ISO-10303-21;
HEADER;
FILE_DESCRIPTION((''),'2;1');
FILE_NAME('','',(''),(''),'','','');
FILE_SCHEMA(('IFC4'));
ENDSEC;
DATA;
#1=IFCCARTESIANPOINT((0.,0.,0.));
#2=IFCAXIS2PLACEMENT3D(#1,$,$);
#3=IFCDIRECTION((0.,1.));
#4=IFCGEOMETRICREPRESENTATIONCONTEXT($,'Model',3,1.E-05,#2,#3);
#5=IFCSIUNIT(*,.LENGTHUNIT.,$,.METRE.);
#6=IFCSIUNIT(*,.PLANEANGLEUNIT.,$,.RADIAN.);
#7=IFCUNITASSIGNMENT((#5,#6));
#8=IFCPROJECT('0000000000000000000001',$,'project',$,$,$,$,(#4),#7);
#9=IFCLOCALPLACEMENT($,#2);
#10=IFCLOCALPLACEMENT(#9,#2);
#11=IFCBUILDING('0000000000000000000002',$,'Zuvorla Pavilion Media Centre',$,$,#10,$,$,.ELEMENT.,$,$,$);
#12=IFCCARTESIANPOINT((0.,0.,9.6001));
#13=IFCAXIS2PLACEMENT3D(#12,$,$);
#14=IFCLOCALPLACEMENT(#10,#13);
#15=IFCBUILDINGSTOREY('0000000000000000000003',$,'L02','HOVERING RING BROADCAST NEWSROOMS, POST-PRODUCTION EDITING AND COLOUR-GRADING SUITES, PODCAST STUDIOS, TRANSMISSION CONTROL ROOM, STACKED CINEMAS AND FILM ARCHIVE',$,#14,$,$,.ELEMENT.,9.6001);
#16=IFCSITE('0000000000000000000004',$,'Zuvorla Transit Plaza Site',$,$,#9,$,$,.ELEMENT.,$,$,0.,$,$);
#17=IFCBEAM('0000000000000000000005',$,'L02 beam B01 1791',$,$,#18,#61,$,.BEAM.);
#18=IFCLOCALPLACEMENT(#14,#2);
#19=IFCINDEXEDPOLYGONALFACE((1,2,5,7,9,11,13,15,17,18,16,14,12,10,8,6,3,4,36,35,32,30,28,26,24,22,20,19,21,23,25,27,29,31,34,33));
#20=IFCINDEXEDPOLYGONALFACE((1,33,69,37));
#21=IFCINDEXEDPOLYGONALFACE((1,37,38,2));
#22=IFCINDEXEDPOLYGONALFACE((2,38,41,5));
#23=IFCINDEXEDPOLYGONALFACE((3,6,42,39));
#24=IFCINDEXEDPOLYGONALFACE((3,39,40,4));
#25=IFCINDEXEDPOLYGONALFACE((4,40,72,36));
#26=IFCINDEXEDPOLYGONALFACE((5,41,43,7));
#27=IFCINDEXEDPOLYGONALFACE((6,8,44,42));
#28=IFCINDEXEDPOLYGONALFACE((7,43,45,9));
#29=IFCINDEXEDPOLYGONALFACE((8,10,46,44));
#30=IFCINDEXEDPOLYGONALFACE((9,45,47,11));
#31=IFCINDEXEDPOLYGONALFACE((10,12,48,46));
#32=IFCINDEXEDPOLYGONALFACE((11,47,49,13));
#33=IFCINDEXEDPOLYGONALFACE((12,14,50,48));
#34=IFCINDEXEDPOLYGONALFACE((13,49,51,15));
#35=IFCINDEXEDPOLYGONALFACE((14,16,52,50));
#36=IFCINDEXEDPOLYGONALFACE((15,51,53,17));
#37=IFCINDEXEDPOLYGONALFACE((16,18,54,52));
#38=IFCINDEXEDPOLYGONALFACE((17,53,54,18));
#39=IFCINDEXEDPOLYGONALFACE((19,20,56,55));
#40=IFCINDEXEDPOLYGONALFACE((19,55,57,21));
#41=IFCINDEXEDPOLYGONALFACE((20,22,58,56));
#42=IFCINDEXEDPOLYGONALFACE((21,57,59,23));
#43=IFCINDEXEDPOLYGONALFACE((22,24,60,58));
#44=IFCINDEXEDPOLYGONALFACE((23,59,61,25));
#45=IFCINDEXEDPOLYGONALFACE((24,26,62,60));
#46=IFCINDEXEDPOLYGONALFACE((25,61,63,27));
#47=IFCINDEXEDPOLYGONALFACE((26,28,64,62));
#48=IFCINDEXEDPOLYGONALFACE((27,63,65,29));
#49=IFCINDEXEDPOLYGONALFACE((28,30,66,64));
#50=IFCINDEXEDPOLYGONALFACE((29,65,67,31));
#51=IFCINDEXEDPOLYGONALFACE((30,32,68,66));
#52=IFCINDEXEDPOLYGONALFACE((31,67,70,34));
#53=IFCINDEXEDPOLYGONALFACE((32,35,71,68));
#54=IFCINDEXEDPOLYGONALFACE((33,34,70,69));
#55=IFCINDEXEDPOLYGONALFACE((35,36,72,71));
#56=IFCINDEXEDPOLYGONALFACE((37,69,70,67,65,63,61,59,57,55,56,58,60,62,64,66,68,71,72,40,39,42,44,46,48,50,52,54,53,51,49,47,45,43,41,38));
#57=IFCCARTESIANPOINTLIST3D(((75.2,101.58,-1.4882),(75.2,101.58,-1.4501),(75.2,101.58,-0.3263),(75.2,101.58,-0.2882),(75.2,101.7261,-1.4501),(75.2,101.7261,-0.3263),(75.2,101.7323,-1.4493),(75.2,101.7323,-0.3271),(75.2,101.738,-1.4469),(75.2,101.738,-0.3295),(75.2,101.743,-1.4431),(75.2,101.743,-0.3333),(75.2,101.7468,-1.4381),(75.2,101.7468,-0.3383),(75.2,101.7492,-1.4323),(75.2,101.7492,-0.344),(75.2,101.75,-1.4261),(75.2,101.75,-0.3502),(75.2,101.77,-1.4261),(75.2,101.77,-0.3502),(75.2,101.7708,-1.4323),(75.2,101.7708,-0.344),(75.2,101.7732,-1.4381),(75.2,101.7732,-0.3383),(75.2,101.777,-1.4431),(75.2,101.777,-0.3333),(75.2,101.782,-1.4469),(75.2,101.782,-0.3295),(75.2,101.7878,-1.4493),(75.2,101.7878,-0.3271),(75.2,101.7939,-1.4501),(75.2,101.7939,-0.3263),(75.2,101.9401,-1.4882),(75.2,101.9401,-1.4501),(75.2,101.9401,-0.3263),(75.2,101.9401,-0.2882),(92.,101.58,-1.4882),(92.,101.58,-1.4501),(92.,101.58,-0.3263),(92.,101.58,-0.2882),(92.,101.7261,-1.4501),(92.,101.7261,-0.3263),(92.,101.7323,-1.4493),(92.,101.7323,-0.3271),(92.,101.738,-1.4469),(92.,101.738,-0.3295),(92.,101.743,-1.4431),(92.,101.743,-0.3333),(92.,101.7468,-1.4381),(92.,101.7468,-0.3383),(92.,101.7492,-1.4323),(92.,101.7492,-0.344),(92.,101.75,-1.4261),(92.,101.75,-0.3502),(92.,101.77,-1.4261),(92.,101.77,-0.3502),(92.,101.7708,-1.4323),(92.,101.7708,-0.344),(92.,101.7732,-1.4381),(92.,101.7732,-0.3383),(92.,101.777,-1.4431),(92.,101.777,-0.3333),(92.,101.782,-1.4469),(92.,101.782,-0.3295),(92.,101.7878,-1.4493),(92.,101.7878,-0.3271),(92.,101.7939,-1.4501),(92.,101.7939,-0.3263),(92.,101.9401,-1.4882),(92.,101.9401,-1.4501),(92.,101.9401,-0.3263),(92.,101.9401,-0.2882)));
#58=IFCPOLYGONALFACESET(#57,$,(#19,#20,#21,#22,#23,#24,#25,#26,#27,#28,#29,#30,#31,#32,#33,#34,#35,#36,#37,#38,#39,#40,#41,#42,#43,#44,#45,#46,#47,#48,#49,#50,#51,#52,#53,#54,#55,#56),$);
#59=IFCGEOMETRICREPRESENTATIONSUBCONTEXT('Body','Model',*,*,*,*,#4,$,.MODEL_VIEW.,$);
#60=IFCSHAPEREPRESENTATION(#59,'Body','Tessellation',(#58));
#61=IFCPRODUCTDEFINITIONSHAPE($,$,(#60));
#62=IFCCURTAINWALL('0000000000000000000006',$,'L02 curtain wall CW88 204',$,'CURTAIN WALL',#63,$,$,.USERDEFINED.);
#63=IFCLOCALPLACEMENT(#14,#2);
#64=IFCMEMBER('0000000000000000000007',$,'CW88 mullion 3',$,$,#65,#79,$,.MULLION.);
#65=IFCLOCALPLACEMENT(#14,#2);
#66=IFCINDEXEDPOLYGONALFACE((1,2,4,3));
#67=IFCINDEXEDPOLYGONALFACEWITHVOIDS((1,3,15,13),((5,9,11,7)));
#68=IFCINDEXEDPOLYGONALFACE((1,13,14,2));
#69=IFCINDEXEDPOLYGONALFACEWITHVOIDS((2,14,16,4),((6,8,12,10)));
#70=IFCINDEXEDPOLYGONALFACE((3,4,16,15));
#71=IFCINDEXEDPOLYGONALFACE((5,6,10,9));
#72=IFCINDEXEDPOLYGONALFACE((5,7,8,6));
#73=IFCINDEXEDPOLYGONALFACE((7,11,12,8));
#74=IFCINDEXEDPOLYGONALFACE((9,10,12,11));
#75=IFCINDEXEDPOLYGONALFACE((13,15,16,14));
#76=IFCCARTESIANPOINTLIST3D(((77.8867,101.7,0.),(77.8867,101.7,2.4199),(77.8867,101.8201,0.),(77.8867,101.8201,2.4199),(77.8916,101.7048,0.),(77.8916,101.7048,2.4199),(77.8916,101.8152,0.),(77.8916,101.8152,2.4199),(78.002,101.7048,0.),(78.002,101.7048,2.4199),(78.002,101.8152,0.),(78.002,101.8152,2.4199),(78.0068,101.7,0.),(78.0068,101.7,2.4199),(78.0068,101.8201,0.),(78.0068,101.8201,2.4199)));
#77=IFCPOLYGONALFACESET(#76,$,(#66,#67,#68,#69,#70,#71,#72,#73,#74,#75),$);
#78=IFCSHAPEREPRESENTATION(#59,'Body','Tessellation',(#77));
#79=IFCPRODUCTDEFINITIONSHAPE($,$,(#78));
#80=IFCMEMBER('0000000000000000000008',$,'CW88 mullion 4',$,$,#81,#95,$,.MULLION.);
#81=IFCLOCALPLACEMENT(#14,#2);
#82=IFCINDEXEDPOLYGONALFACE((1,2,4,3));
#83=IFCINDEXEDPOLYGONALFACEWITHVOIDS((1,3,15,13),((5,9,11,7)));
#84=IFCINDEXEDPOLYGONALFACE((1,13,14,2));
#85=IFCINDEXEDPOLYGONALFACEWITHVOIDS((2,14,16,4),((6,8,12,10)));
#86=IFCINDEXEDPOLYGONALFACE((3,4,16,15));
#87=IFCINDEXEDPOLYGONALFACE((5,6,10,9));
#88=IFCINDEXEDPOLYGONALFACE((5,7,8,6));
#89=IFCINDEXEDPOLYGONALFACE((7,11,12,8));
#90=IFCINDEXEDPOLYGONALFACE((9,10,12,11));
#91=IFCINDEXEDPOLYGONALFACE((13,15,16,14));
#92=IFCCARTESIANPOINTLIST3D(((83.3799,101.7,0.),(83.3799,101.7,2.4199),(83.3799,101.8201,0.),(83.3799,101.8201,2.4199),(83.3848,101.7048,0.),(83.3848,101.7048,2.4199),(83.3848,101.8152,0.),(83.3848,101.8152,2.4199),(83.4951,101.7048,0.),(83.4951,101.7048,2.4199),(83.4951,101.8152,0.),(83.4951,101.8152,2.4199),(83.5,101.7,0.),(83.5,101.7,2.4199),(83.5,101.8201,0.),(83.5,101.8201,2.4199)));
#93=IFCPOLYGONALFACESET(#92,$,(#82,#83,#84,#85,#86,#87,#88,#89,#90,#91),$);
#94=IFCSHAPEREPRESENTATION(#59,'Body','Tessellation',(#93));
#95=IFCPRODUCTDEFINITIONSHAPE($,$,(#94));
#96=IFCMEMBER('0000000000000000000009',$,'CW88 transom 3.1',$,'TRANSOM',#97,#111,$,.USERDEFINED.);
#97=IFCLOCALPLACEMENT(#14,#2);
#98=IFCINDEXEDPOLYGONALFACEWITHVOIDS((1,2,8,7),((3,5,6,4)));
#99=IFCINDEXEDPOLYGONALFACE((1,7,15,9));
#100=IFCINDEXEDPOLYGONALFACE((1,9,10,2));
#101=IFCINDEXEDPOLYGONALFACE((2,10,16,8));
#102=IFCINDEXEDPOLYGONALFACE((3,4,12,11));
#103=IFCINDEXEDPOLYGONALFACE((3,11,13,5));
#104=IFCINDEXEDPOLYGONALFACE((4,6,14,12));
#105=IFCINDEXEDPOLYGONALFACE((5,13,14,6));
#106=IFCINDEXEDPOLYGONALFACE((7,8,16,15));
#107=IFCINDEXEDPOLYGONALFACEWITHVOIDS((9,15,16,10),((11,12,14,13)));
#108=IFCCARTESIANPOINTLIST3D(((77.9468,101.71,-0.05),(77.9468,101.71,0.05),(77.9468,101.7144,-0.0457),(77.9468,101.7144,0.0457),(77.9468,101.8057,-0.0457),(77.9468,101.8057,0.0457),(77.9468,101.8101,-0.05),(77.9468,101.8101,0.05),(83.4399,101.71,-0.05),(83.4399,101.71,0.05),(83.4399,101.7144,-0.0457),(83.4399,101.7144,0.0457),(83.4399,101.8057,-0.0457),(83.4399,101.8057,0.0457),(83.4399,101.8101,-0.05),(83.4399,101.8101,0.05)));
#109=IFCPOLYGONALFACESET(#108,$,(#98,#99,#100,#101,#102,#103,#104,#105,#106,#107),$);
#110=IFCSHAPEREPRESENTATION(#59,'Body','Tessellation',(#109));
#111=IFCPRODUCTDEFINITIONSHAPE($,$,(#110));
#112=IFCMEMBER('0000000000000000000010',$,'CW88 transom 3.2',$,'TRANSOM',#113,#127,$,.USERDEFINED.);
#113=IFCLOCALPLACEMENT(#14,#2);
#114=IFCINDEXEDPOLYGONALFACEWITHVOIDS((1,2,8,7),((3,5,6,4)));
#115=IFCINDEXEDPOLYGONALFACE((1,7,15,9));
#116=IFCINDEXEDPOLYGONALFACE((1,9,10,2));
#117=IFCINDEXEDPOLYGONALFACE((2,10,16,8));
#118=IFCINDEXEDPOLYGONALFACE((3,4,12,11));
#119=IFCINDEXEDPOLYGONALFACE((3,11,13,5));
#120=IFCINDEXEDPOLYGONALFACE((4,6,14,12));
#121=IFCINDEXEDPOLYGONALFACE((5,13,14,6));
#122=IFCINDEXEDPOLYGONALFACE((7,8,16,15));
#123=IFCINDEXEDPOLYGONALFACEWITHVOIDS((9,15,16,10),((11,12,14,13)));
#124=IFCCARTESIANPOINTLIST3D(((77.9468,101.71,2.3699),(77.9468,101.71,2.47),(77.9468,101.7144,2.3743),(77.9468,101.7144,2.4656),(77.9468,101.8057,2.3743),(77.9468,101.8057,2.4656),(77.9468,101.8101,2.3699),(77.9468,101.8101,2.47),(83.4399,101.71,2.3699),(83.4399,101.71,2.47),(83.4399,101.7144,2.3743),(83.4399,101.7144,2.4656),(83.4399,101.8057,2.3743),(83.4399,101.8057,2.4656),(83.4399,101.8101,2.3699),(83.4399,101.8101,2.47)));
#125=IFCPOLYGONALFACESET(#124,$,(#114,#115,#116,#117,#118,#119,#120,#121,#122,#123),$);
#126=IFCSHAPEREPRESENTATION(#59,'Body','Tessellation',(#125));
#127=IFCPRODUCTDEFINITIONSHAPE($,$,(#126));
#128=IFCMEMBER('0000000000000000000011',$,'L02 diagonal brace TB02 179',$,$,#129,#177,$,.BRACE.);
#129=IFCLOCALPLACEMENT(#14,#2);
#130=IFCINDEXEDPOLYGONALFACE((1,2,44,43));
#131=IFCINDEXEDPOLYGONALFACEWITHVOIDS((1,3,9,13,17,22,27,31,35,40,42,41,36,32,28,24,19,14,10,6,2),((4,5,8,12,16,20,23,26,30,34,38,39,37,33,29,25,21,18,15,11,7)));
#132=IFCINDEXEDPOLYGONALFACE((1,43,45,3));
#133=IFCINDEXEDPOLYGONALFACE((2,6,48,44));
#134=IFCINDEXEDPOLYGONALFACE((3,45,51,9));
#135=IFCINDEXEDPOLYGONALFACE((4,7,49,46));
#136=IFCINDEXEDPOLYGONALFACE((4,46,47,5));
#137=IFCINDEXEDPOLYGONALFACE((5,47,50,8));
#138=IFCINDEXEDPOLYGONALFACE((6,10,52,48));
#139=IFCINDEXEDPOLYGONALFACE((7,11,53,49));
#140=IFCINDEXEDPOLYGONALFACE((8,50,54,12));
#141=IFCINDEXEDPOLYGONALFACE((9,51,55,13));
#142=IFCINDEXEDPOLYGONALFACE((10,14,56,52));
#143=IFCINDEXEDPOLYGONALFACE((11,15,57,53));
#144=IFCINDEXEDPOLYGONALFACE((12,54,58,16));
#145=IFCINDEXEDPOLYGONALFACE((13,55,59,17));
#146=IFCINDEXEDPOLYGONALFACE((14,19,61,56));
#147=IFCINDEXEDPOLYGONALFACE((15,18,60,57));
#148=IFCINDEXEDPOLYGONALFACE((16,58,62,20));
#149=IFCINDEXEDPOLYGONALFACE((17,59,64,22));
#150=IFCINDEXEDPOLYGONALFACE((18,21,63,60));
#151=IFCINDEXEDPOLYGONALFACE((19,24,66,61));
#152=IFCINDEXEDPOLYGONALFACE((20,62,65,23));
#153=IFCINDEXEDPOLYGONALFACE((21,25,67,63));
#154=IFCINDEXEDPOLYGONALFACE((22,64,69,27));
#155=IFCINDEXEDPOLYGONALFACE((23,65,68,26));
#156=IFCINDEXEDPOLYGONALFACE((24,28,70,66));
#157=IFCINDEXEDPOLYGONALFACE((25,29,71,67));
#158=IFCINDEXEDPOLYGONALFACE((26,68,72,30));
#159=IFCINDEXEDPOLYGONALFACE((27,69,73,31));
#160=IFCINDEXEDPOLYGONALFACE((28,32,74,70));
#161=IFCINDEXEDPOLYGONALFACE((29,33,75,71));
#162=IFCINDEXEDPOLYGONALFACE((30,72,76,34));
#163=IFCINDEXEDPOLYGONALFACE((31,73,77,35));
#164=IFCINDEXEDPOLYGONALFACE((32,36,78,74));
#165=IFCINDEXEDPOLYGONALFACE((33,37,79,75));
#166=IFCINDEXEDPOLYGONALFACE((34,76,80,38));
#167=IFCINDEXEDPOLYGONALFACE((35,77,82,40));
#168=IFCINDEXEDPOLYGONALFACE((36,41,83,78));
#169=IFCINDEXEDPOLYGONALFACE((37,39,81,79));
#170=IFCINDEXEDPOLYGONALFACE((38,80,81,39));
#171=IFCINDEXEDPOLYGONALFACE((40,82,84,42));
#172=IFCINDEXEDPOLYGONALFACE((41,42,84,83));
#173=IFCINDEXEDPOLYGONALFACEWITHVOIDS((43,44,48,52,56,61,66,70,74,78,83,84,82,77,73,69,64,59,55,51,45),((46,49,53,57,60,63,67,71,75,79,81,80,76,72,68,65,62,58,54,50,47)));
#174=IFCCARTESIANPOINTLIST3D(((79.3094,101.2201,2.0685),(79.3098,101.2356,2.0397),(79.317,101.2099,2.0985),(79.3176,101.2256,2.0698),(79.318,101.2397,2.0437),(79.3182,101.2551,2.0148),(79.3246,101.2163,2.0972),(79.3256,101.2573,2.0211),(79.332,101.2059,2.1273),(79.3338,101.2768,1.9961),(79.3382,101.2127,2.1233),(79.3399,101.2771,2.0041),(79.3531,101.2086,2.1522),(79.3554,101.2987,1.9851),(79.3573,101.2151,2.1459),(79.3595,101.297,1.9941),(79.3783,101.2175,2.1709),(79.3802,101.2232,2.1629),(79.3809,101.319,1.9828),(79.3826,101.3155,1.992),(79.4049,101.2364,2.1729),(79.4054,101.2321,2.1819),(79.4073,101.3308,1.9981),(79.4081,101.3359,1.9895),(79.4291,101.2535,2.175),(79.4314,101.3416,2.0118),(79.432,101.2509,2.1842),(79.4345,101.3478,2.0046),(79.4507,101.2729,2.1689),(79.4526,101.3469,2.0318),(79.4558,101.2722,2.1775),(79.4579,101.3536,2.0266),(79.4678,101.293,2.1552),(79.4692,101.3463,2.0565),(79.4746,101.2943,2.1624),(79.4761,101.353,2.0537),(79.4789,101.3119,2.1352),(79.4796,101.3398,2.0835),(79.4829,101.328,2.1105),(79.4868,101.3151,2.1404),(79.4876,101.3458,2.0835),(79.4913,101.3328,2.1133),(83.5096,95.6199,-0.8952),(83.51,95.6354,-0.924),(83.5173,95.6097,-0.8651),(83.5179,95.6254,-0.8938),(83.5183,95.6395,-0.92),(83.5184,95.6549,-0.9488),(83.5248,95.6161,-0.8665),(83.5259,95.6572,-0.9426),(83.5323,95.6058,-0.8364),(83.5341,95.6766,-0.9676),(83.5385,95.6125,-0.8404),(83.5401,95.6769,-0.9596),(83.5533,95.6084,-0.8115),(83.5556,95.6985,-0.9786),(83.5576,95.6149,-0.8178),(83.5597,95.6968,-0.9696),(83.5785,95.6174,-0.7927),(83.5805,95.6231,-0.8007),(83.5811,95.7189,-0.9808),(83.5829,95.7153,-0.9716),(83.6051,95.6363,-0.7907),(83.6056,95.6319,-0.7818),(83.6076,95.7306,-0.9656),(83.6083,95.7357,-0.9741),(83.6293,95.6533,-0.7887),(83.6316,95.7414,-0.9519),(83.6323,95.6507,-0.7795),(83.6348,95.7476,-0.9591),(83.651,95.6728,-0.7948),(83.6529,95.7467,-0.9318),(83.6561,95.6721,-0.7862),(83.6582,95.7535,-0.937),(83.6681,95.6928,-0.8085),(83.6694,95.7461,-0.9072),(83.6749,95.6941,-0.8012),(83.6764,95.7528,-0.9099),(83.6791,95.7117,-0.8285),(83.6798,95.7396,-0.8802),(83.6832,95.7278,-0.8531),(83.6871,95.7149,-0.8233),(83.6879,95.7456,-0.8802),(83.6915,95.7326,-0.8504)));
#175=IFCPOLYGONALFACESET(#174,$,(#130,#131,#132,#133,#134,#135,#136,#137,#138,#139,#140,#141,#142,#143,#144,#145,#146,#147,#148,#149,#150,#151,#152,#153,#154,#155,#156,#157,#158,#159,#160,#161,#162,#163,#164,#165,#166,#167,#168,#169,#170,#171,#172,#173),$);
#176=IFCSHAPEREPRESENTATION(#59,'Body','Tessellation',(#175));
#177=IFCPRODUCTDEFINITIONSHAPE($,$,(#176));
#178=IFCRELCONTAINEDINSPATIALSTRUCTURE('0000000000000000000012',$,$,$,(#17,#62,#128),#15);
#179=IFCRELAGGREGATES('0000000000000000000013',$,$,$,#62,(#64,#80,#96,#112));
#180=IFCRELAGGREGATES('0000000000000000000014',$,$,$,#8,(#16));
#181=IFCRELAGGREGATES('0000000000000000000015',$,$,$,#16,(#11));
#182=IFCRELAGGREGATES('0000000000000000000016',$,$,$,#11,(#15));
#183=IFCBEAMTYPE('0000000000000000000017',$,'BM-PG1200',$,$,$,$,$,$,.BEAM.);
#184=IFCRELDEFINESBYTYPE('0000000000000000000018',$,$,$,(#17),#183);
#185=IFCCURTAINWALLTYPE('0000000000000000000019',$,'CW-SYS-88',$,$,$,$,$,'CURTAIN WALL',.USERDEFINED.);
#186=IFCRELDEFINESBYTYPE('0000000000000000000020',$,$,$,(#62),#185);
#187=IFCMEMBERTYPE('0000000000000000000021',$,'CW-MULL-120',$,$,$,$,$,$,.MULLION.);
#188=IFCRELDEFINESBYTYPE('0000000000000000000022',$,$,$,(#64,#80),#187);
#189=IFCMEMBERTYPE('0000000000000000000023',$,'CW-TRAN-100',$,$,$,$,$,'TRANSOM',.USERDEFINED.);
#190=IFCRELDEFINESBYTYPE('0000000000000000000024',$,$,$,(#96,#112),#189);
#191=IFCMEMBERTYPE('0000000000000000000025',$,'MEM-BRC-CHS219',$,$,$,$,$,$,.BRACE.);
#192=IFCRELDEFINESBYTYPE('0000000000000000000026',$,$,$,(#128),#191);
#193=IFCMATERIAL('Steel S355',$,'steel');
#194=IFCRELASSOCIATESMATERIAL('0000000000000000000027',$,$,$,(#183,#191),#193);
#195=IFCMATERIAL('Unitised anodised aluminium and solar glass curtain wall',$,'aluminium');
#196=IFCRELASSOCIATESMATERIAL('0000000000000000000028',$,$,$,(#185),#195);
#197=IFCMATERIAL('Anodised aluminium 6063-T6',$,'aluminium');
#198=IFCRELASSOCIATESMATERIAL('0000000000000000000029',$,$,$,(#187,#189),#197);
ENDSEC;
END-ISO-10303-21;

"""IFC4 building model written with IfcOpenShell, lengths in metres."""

from ifc_helpers import new_model, si_unit, direction, frame, origin, origin_2d, place, context, subcontext, project, spatial, hollow_rectangle, hollow_circle, i_section, extrude, material, material_profile, profile_set, type_object, element, aggregate, save


model = new_model("IFC4")

# Units and contexts
model_context = context("Model", 3, precision=1e-05, world=origin(), true_north=direction((0.0, 1.0)))
body_context = subcontext(model_context, "Body", "Model", "MODEL_VIEW")
ifc_project = project(units=[si_unit("LENGTHUNIT", "METRE"), si_unit("PLANEANGLEUNIT", "RADIAN")], contexts=[model_context])

# Site, building, storey
site_placement = place(None, origin())
site = spatial("IfcSite", under=ifc_project, at=site_placement, Name="Zuvorla Transit Plaza Site", CompositionType="ELEMENT", RefElevation=0.0)
building_placement = place(site_placement, origin())
building = spatial("IfcBuilding", under=site, at=building_placement, Name="Zuvorla Pavilion Media Centre", CompositionType="ELEMENT")
storey_placement = place(building_placement, frame((0.0, 0.0, 9.6001)))
storey = spatial("IfcBuildingStorey", under=building, at=storey_placement, Name="L02", Description="HOVERING RING BROADCAST NEWSROOMS, POST-PRODUCTION EDITING AND COLOUR-GRADING SUITES, PODCAST STUDIOS, TRANSMISSION CONTROL ROOM, STACKED CINEMAS AND FILM ARCHIVE", CompositionType="ELEMENT", Elevation=9.6001)

# Beam
ifc_material_1 = material(Name="Steel S355", Category="steel")
ifc_material_profile_1 = material_profile(ifc_material_1, i_section(OverallWidth=0.3601, OverallDepth=1.2, WebThickness=0.02, FlangeThickness=0.0381, FilletRadius=0.0239, at=origin_2d()), Name="PG 1200x360x38")
ifc_profile_set_1 = profile_set([ifc_material_profile_1], Name="Steel S355")
beam_type = type_object("IfcBeamType", Name="BM-PG1200", PredefinedType="BEAM", material=ifc_profile_set_1)
beam_placement = place(storey_placement, frame((75.2, 101.76, -0.8882), z_axis=(1.0, 0.0, 0.0), x_axis=(0.0, 1.0, 0.0)))
element("IfcBeam", 1, at=beam_placement, inside=storey, type_object=beam_type, Name="L02 beam B01 1791", PredefinedType="BEAM", context=body_context, shape_type="SweptSolid", body=[
    extrude(i_section(OverallWidth=0.3601, OverallDepth=1.2, WebThickness=0.02, FlangeThickness=0.0381, FilletRadius=0.0239, at=origin_2d()), origin(), (0.0, 0.0, 1.0), 16.8),
])

# Curtain wall, members
ifc_material_2 = material(Name="Unitised anodised aluminium and solar glass curtain wall", Category="aluminium")
curtain_wall_type = type_object("IfcCurtainWallType", Name="CW-SYS-88", ElementType="CURTAIN WALL", PredefinedType="USERDEFINED", material=ifc_material_2)
curtain_wall_placement = place(storey_placement, origin())
curtain_wall = element("IfcCurtainWall", 2, at=curtain_wall_placement, inside=storey, type_object=curtain_wall_type, Name="L02 curtain wall CW88 204", ObjectType="CURTAIN WALL", PredefinedType="USERDEFINED")
ifc_material_3 = material(Name="Anodised aluminium 6063-T6", Category="aluminium")
ifc_material_profile_2 = material_profile(ifc_material_3, hollow_rectangle(XDim=0.1201, YDim=0.1201, WallThickness=0.0049, at=origin_2d()), Name="ALU MULL 120x120")
ifc_profile_set_2 = profile_set([ifc_material_profile_2], Name="Anodised aluminium 6063-T6")
member_type_1 = type_object("IfcMemberType", Name="CW-MULL-120", PredefinedType="MULLION", material=ifc_profile_set_2)
member_1_placement = place(storey_placement, frame((77.9468, 101.76, 0.0), z_axis=(0.0, 0.0, 1.0), x_axis=(1.0, 0.0, 0.0)))
member_1 = element("IfcMember", 3, at=member_1_placement, type_object=member_type_1, Name="CW88 mullion 3", PredefinedType="MULLION", context=body_context, shape_type="SweptSolid", body=[
    extrude(hollow_rectangle(XDim=0.1201, YDim=0.1201, WallThickness=0.0049, at=origin_2d()), origin(), (0.0, 0.0, 1.0), 2.4199),
])
member_2_placement = place(storey_placement, frame((83.4399, 101.76, 0.0), z_axis=(0.0, 0.0, 1.0), x_axis=(1.0, 0.0, 0.0)))
member_2 = element("IfcMember", 4, at=member_2_placement, type_object=member_type_1, Name="CW88 mullion 4", PredefinedType="MULLION", context=body_context, shape_type="SweptSolid", body=[
    extrude(hollow_rectangle(XDim=0.1201, YDim=0.1201, WallThickness=0.0049, at=origin_2d()), origin(), (0.0, 0.0, 1.0), 2.4199),
])
ifc_material_profile_3 = material_profile(ifc_material_3, hollow_rectangle(XDim=0.1001, YDim=0.1001, WallThickness=0.0044, at=origin_2d()), Name="ALU TRAN 100x100")
ifc_profile_set_3 = profile_set([ifc_material_profile_3], Name="Anodised aluminium 6063-T6")
member_type_2 = type_object("IfcMemberType", Name="CW-TRAN-100", ElementType="TRANSOM", PredefinedType="USERDEFINED", material=ifc_profile_set_3)
member_3_placement = place(storey_placement, frame((77.9468, 101.76, 0.0), z_axis=(1.0, 0.0, 0.0), x_axis=(0.0, 1.0, 0.0)))
member_3 = element("IfcMember", 5, at=member_3_placement, type_object=member_type_2, Name="CW88 transom 3.1", ObjectType="TRANSOM", PredefinedType="USERDEFINED", context=body_context, shape_type="SweptSolid", body=[
    extrude(hollow_rectangle(XDim=0.1001, YDim=0.1001, WallThickness=0.0044, at=origin_2d()), origin(), (0.0, 0.0, 1.0), 5.4932),
])
member_4_placement = place(storey_placement, frame((77.9468, 101.76, 2.4199), z_axis=(1.0, 0.0, 0.0), x_axis=(0.0, 1.0, 0.0)))
member_4 = element("IfcMember", 6, at=member_4_placement, type_object=member_type_2, Name="CW88 transom 3.2", ObjectType="TRANSOM", PredefinedType="USERDEFINED", context=body_context, shape_type="SweptSolid", body=[
    extrude(hollow_rectangle(XDim=0.1001, YDim=0.1001, WallThickness=0.0044, at=origin_2d()), origin(), (0.0, 0.0, 1.0), 5.4932),
])

# Member
ifc_material_profile_4 = material_profile(ifc_material_1, hollow_circle(Radius=0.1096, WallThickness=0.01, at=origin_2d()), Name="CHS 219.1x10")
ifc_profile_set_4 = profile_set([ifc_material_profile_4], Name="Steel S355")
member_type_3 = type_object("IfcMemberType", Name="MEM-BRC-CHS219", PredefinedType="BRACE", material=ifc_profile_set_4)
member_5_placement = place(storey_placement, frame((79.3999, 101.28, 2.0835), z_axis=(0.552534, -0.73669, -0.389863), x_axis=(0.799992, 0.600011, 0.0)))
element("IfcMember", 7, at=member_5_placement, inside=storey, type_object=member_type_3, Name="L02 diagonal brace TB02 179", PredefinedType="BRACE", context=body_context, shape_type="SweptSolid", body=[
    extrude(hollow_circle(Radius=0.1096, WallThickness=0.01, at=origin_2d()), origin(), (0.0, 0.0, 1.0), 7.6018),
])

aggregate(curtain_wall, [member_1, member_2, member_3, member_4])

save(model, "model.ifc")
